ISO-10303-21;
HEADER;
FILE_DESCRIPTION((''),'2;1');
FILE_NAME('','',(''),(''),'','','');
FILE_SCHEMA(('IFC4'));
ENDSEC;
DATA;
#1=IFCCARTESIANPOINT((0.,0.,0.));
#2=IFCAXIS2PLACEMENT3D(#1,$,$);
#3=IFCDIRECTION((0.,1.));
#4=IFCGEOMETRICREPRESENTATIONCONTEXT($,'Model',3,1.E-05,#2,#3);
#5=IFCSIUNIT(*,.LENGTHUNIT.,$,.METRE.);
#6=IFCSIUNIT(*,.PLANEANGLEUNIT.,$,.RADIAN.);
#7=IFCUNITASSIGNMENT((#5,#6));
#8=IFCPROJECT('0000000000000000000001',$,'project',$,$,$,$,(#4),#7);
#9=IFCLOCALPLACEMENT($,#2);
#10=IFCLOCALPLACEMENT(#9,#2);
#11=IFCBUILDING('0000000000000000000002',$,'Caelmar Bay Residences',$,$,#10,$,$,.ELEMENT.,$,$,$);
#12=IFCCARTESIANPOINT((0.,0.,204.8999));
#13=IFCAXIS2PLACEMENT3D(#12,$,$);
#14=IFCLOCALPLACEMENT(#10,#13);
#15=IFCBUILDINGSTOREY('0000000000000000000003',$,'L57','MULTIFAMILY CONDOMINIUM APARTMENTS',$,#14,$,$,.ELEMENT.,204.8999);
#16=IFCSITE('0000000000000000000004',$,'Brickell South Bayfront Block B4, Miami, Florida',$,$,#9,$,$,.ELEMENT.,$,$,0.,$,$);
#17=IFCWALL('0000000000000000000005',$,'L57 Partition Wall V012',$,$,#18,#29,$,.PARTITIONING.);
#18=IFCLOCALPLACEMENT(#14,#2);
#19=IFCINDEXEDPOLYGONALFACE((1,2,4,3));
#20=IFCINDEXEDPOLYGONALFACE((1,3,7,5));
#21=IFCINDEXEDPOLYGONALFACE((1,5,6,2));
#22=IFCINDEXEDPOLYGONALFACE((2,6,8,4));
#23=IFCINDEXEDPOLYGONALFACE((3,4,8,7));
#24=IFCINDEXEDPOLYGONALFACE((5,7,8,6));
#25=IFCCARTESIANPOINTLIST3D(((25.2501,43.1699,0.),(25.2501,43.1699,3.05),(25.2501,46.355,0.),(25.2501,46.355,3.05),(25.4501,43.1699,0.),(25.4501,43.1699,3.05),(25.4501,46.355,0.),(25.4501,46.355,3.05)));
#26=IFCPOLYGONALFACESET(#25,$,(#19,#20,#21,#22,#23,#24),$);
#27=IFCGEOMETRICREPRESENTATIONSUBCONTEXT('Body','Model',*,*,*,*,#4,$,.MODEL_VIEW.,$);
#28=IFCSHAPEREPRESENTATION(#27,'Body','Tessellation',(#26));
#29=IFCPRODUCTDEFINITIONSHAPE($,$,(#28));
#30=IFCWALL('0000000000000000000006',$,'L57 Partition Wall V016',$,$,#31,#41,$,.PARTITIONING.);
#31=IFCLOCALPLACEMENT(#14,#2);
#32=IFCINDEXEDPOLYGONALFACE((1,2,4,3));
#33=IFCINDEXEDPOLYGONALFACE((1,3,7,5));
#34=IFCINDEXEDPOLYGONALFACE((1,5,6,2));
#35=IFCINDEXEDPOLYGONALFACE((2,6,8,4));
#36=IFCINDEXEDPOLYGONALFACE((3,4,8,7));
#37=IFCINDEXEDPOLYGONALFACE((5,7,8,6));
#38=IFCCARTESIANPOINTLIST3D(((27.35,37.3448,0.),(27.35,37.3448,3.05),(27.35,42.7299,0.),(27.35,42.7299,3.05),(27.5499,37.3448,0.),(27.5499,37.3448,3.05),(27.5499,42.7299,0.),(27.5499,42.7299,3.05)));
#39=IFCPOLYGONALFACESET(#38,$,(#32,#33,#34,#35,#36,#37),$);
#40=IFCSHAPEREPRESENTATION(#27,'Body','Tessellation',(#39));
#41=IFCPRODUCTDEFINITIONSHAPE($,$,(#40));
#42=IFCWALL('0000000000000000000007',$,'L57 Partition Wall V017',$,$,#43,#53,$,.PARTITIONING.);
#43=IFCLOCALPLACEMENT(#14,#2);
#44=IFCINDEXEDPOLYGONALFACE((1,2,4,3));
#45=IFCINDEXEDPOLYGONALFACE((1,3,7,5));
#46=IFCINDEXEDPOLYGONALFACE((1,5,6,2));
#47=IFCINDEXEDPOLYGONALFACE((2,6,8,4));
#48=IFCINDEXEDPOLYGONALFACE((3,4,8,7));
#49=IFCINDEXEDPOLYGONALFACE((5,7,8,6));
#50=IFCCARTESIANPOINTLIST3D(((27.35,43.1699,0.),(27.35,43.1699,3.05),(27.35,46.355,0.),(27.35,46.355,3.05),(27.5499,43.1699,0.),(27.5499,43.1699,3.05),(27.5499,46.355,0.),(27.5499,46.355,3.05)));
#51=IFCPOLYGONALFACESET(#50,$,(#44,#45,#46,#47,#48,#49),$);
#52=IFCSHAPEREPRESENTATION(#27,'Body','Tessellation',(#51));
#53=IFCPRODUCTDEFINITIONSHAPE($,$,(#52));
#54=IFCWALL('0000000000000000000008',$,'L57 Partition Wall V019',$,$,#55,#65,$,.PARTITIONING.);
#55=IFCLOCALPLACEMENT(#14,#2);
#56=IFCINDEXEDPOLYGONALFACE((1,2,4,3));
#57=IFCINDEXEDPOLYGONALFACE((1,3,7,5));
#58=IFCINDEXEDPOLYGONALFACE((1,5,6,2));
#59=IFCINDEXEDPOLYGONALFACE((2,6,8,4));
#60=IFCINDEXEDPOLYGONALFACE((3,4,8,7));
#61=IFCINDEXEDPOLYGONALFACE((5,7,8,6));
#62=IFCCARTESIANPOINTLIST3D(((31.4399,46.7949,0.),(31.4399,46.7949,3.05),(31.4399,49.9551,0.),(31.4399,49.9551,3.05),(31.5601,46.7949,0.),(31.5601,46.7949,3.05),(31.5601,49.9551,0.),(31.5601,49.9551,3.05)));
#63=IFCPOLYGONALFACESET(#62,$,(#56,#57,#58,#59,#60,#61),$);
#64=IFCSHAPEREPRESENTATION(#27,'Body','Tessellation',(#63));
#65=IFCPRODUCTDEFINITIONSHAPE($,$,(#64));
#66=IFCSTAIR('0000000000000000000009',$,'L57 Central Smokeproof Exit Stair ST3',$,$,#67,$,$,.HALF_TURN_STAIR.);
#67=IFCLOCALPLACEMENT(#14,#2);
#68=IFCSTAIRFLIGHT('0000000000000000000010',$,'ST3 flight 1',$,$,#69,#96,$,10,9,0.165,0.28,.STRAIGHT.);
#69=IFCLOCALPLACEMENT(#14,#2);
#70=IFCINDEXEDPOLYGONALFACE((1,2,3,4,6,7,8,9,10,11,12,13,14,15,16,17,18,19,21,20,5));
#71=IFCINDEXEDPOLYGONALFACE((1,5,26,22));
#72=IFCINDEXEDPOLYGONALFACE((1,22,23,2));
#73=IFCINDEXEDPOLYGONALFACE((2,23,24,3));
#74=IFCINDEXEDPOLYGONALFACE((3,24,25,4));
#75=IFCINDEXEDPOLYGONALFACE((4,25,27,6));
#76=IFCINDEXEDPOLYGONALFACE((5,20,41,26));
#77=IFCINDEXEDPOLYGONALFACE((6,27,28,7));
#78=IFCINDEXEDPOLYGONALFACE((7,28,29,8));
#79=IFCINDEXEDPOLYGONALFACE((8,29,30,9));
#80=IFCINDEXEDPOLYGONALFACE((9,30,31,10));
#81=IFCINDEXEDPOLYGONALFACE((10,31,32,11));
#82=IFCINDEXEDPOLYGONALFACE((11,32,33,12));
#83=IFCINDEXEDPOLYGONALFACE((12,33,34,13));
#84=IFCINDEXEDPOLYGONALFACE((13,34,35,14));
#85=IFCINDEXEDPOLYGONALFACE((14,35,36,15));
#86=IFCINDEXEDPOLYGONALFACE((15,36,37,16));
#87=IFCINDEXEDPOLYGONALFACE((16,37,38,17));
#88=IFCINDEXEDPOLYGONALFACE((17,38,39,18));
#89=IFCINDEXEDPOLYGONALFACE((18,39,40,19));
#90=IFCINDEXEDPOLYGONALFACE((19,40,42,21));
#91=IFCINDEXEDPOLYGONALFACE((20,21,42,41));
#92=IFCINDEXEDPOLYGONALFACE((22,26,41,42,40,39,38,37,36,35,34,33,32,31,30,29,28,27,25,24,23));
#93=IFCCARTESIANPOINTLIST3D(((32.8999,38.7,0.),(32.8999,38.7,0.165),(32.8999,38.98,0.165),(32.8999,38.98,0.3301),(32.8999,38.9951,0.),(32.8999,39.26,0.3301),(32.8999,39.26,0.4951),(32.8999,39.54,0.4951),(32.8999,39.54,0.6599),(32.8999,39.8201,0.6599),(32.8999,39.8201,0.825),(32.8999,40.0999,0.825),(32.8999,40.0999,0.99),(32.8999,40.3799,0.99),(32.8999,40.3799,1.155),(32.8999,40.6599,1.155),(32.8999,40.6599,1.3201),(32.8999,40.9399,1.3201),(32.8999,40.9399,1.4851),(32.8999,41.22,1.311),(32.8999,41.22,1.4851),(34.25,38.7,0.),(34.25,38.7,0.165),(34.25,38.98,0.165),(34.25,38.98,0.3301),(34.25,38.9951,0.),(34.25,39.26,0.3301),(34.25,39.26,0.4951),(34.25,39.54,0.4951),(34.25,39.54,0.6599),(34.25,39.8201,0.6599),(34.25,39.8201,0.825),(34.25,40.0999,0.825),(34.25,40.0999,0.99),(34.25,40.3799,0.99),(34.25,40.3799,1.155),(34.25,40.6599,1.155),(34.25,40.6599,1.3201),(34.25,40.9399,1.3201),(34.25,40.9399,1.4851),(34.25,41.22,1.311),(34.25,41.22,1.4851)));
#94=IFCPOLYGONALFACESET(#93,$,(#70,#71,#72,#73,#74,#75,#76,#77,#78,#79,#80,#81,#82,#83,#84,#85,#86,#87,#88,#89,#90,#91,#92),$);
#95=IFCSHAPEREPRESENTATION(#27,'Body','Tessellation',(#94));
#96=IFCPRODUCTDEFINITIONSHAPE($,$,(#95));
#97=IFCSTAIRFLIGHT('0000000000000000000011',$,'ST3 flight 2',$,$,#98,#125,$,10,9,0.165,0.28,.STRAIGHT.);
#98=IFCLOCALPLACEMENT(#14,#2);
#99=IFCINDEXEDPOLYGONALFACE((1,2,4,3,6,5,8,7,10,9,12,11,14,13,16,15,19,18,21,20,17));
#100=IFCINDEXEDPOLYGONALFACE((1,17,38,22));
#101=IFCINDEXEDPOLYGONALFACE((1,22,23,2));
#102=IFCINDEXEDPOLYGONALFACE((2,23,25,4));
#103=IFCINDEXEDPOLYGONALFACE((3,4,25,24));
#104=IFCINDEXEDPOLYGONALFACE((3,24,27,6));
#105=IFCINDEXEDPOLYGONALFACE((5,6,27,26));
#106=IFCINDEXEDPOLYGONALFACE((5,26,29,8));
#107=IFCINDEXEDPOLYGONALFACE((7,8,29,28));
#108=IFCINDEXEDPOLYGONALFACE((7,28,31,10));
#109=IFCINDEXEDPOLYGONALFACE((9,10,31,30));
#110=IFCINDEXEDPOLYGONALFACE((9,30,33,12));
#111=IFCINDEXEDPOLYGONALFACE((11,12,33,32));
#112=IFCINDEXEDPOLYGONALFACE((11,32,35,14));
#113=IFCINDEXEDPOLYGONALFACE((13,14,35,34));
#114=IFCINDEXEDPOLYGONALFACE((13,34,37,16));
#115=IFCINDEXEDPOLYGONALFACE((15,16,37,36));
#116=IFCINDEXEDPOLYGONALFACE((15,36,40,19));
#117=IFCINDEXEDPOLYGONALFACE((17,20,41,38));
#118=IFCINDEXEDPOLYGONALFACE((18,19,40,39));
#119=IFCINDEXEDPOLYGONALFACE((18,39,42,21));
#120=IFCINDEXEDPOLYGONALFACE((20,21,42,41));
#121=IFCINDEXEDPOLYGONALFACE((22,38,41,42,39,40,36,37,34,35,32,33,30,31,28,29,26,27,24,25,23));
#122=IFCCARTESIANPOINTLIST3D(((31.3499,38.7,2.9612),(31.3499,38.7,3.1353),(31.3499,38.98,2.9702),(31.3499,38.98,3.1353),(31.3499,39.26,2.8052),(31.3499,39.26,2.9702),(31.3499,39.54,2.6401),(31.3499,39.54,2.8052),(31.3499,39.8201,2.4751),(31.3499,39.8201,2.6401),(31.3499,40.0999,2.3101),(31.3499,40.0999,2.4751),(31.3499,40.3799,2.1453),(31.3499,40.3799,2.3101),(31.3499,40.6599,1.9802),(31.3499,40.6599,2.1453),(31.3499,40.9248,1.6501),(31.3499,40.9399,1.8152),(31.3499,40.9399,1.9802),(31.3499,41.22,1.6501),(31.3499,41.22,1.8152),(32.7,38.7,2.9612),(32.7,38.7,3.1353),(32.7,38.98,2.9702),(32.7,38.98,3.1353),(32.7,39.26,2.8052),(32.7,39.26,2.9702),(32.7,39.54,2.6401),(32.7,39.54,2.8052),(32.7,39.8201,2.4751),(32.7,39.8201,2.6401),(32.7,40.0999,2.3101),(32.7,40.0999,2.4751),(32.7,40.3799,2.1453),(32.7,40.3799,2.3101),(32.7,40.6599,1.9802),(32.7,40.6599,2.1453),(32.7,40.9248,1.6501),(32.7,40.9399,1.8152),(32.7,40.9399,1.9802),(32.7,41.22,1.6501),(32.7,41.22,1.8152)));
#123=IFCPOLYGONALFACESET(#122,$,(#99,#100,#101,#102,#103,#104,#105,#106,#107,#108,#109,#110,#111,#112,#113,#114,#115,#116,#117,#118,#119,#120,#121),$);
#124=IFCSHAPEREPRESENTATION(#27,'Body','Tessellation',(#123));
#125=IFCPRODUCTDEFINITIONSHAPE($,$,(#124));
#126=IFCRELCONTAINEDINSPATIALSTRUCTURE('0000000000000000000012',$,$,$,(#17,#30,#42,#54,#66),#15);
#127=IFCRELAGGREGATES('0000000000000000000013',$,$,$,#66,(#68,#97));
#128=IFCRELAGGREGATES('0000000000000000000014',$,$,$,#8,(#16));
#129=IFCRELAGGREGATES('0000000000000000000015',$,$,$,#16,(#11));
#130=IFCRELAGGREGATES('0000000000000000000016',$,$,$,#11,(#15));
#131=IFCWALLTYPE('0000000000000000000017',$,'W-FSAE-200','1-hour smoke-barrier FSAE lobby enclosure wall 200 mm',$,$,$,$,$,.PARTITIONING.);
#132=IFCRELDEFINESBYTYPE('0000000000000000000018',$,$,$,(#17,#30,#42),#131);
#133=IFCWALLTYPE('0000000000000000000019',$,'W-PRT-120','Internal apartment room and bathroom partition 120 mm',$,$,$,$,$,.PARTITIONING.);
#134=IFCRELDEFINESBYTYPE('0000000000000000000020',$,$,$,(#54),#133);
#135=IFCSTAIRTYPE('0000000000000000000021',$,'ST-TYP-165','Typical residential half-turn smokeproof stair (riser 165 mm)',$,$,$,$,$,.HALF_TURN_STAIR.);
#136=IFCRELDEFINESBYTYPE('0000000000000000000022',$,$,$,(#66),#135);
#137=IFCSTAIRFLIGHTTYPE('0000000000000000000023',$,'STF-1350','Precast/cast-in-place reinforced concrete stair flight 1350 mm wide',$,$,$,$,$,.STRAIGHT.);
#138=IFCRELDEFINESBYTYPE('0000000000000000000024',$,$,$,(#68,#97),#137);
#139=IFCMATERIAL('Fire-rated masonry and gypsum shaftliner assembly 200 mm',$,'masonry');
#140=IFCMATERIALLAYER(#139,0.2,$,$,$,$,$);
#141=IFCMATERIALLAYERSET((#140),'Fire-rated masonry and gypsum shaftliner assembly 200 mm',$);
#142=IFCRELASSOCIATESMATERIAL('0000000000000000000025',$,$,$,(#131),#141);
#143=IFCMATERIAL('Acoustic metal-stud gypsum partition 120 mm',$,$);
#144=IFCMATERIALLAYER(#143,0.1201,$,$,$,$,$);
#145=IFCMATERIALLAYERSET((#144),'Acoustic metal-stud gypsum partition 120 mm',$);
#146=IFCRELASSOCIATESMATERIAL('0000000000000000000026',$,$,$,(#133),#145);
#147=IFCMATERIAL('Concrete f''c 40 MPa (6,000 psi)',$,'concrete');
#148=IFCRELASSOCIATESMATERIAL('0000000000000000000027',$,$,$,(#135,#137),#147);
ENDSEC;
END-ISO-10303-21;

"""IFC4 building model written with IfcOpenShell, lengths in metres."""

from ifc_helpers import new_model, si_unit, direction, frame, frame_2d, origin, place, context, subcontext, project, spatial, polyline, rectangle, outline, extrude, material, layer, layer_set, type_object, element, aggregate, save


model = new_model("IFC4")

# Units and contexts
model_context = context("Model", 3, precision=1e-05, world=origin(), true_north=direction((0.0, 1.0)))
body_context = subcontext(model_context, "Body", "Model", "MODEL_VIEW")
ifc_project = project(units=[si_unit("LENGTHUNIT", "METRE"), si_unit("PLANEANGLEUNIT", "RADIAN")], contexts=[model_context])

# Site, building, storey
site_placement = place(None, origin())
site = spatial("IfcSite", under=ifc_project, at=site_placement, Name="Brickell South Bayfront Block B4, Miami, Florida", CompositionType="ELEMENT", RefElevation=0.0)
building_placement = place(site_placement, origin())
building = spatial("IfcBuilding", under=site, at=building_placement, Name="Caelmar Bay Residences", CompositionType="ELEMENT")
storey_placement = place(building_placement, frame((0.0, 0.0, 204.8999)))
storey = spatial("IfcBuildingStorey", under=building, at=storey_placement, Name="L57", Description="MULTIFAMILY CONDOMINIUM APARTMENTS", CompositionType="ELEMENT", Elevation=204.8999)

# Walls
ifc_material_1 = material(Name="Fire-rated masonry and gypsum shaftliner assembly 200 mm", Category="masonry")
ifc_layer_1 = layer(ifc_material_1, 0.2)
ifc_layer_set_1 = layer_set([ifc_layer_1], Name="Fire-rated masonry and gypsum shaftliner assembly 200 mm")
wall_type_1 = type_object("IfcWallType", Name="W-FSAE-200", Description="1-hour smoke-barrier FSAE lobby enclosure wall 200 mm", PredefinedType="PARTITIONING", material=ifc_layer_set_1)
wall_1_placement = place(storey_placement, frame((25.3501, 43.1699, 0.0), z_axis=(0.0, 0.0, 1.0), x_axis=(0.0, 1.0, 0.0)))
element("IfcWall", 1, at=wall_1_placement, inside=storey, type_object=wall_type_1, Name="L57 Partition Wall V012", PredefinedType="PARTITIONING", context=body_context, shape_type="SweptSolid", body=[
    extrude(rectangle(XDim=3.1851, YDim=0.2, at=frame_2d((1.5925, 0.0))), origin(), (0.0, 0.0, 1.0), 3.05),
])
wall_2_placement = place(storey_placement, frame((27.45, 37.345, 0.0), z_axis=(0.0, 0.0, 1.0), x_axis=(0.0, 1.0, 0.0)))
element("IfcWall", 2, at=wall_2_placement, inside=storey, type_object=wall_type_1, Name="L57 Partition Wall V016", PredefinedType="PARTITIONING", context=body_context, shape_type="SweptSolid", body=[
    extrude(rectangle(XDim=5.385, YDim=0.2, at=frame_2d((2.6924, 0.0))), origin(), (0.0, 0.0, 1.0), 3.05),
])
wall_3_placement = place(storey_placement, frame((27.45, 43.1699, 0.0), z_axis=(0.0, 0.0, 1.0), x_axis=(0.0, 1.0, 0.0)))
element("IfcWall", 3, at=wall_3_placement, inside=storey, type_object=wall_type_1, Name="L57 Partition Wall V017", PredefinedType="PARTITIONING", context=body_context, shape_type="SweptSolid", body=[
    extrude(rectangle(XDim=3.1851, YDim=0.2, at=frame_2d((1.5925, 0.0))), origin(), (0.0, 0.0, 1.0), 3.05),
])
ifc_material_2 = material(Name="Acoustic metal-stud gypsum partition 120 mm")
ifc_layer_2 = layer(ifc_material_2, 0.1201)
ifc_layer_set_2 = layer_set([ifc_layer_2], Name="Acoustic metal-stud gypsum partition 120 mm")
wall_type_2 = type_object("IfcWallType", Name="W-PRT-120", Description="Internal apartment room and bathroom partition 120 mm", PredefinedType="PARTITIONING", material=ifc_layer_set_2)
wall_4_placement = place(storey_placement, frame((31.5, 46.7949, 0.0), z_axis=(0.0, 0.0, 1.0), x_axis=(0.0, 1.0, 0.0)))
element("IfcWall", 4, at=wall_4_placement, inside=storey, type_object=wall_type_2, Name="L57 Partition Wall V019", PredefinedType="PARTITIONING", context=body_context, shape_type="SweptSolid", body=[
    extrude(rectangle(XDim=3.1602, YDim=0.1201, at=frame_2d((1.5801, 0.0))), origin(), (0.0, 0.0, 1.0), 3.05),
])

# Stair, stair flights
ifc_material_3 = material(Name="Concrete f'c 40 MPa (6,000 psi)", Category="concrete")
stair_type = type_object("IfcStairType", Name="ST-TYP-165", Description="Typical residential half-turn smokeproof stair (riser 165 mm)", PredefinedType="HALF_TURN_STAIR", material=ifc_material_3)
stair_placement = place(storey_placement, origin())
stair = element("IfcStair", 5, at=stair_placement, inside=storey, type_object=stair_type, Name="L57 Central Smokeproof Exit Stair ST3", PredefinedType="HALF_TURN_STAIR")
stair_flight_type = type_object("IfcStairFlightType", Name="STF-1350", Description="Precast/cast-in-place reinforced concrete stair flight 1350 mm wide", PredefinedType="STRAIGHT", material=ifc_material_3)
stair_flight_1_placement = place(storey_placement, frame((33.575, 38.7, 0.0), z_axis=(0.0, 0.0, 1.0), x_axis=(0.0, 1.0, 0.0)))
stair_flight_1 = element("IfcStairFlight", 6, at=stair_flight_1_placement, type_object=stair_flight_type, Name="ST3 flight 1", NumberOfRisers=10, NumberOfTreads=9, PredefinedType="STRAIGHT", RiserHeight=0.165, TreadLength=0.28, context=body_context, shape_type="SweptSolid", body=[
    extrude(outline(polyline([(0.0, 0.0), (0.0, 0.165), (0.28, 0.165), (0.28, 0.3301), (0.5601, 0.3301), (0.5601, 0.4951), (0.8401, 0.4951), (0.8401, 0.6599), (1.1201, 0.6599), (1.1201, 0.825), (1.3999, 0.825), (1.3999, 0.99), (1.6799, 0.99), (1.6799, 1.155), (1.96, 1.155), (1.96, 1.3201), (2.24, 1.3201), (2.24, 1.4851), (2.52, 1.4851), (2.52, 1.6499), (2.52, 1.311), (0.2952, 0.0), (0.0, 0.0)])), frame((0.0, 0.675, 0.0), z_axis=(0.0, -1.0, 0.0), x_axis=(1.0, 0.0, 0.0)), (0.0, 0.0, 1.0), 1.3501),
])
stair_flight_2_placement = place(storey_placement, frame((32.0249, 41.22, 1.6501), z_axis=(0.0, 0.0, 1.0), x_axis=(0.0, -1.0, 0.0)))
stair_flight_2 = element("IfcStairFlight", 7, at=stair_flight_2_placement, type_object=stair_flight_type, Name="ST3 flight 2", NumberOfRisers=10, NumberOfTreads=9, PredefinedType="STRAIGHT", RiserHeight=0.165, TreadLength=0.28, context=body_context, shape_type="SweptSolid", body=[
    extrude(outline(polyline([(0.0, 0.0), (0.0, 0.165), (0.28, 0.165), (0.28, 0.3301), (0.5601, 0.3301), (0.5601, 0.4951), (0.8401, 0.4951), (0.8401, 0.6599), (1.1201, 0.6599), (1.1201, 0.825), (1.3999, 0.825), (1.3999, 0.99), (1.6799, 0.99), (1.6799, 1.155), (1.96, 1.155), (1.96, 1.3201), (2.24, 1.3201), (2.24, 1.4851), (2.52, 1.4851), (2.52, 1.6499), (2.52, 1.311), (0.2952, 0.0), (0.0, 0.0)])), frame((0.0, 0.675, 0.0), z_axis=(0.0, -1.0, 0.0), x_axis=(1.0, 0.0, 0.0)), (0.0, 0.0, 1.0), 1.3501),
])
aggregate(stair, [stair_flight_1, stair_flight_2])

save(model, "model.ifc")
